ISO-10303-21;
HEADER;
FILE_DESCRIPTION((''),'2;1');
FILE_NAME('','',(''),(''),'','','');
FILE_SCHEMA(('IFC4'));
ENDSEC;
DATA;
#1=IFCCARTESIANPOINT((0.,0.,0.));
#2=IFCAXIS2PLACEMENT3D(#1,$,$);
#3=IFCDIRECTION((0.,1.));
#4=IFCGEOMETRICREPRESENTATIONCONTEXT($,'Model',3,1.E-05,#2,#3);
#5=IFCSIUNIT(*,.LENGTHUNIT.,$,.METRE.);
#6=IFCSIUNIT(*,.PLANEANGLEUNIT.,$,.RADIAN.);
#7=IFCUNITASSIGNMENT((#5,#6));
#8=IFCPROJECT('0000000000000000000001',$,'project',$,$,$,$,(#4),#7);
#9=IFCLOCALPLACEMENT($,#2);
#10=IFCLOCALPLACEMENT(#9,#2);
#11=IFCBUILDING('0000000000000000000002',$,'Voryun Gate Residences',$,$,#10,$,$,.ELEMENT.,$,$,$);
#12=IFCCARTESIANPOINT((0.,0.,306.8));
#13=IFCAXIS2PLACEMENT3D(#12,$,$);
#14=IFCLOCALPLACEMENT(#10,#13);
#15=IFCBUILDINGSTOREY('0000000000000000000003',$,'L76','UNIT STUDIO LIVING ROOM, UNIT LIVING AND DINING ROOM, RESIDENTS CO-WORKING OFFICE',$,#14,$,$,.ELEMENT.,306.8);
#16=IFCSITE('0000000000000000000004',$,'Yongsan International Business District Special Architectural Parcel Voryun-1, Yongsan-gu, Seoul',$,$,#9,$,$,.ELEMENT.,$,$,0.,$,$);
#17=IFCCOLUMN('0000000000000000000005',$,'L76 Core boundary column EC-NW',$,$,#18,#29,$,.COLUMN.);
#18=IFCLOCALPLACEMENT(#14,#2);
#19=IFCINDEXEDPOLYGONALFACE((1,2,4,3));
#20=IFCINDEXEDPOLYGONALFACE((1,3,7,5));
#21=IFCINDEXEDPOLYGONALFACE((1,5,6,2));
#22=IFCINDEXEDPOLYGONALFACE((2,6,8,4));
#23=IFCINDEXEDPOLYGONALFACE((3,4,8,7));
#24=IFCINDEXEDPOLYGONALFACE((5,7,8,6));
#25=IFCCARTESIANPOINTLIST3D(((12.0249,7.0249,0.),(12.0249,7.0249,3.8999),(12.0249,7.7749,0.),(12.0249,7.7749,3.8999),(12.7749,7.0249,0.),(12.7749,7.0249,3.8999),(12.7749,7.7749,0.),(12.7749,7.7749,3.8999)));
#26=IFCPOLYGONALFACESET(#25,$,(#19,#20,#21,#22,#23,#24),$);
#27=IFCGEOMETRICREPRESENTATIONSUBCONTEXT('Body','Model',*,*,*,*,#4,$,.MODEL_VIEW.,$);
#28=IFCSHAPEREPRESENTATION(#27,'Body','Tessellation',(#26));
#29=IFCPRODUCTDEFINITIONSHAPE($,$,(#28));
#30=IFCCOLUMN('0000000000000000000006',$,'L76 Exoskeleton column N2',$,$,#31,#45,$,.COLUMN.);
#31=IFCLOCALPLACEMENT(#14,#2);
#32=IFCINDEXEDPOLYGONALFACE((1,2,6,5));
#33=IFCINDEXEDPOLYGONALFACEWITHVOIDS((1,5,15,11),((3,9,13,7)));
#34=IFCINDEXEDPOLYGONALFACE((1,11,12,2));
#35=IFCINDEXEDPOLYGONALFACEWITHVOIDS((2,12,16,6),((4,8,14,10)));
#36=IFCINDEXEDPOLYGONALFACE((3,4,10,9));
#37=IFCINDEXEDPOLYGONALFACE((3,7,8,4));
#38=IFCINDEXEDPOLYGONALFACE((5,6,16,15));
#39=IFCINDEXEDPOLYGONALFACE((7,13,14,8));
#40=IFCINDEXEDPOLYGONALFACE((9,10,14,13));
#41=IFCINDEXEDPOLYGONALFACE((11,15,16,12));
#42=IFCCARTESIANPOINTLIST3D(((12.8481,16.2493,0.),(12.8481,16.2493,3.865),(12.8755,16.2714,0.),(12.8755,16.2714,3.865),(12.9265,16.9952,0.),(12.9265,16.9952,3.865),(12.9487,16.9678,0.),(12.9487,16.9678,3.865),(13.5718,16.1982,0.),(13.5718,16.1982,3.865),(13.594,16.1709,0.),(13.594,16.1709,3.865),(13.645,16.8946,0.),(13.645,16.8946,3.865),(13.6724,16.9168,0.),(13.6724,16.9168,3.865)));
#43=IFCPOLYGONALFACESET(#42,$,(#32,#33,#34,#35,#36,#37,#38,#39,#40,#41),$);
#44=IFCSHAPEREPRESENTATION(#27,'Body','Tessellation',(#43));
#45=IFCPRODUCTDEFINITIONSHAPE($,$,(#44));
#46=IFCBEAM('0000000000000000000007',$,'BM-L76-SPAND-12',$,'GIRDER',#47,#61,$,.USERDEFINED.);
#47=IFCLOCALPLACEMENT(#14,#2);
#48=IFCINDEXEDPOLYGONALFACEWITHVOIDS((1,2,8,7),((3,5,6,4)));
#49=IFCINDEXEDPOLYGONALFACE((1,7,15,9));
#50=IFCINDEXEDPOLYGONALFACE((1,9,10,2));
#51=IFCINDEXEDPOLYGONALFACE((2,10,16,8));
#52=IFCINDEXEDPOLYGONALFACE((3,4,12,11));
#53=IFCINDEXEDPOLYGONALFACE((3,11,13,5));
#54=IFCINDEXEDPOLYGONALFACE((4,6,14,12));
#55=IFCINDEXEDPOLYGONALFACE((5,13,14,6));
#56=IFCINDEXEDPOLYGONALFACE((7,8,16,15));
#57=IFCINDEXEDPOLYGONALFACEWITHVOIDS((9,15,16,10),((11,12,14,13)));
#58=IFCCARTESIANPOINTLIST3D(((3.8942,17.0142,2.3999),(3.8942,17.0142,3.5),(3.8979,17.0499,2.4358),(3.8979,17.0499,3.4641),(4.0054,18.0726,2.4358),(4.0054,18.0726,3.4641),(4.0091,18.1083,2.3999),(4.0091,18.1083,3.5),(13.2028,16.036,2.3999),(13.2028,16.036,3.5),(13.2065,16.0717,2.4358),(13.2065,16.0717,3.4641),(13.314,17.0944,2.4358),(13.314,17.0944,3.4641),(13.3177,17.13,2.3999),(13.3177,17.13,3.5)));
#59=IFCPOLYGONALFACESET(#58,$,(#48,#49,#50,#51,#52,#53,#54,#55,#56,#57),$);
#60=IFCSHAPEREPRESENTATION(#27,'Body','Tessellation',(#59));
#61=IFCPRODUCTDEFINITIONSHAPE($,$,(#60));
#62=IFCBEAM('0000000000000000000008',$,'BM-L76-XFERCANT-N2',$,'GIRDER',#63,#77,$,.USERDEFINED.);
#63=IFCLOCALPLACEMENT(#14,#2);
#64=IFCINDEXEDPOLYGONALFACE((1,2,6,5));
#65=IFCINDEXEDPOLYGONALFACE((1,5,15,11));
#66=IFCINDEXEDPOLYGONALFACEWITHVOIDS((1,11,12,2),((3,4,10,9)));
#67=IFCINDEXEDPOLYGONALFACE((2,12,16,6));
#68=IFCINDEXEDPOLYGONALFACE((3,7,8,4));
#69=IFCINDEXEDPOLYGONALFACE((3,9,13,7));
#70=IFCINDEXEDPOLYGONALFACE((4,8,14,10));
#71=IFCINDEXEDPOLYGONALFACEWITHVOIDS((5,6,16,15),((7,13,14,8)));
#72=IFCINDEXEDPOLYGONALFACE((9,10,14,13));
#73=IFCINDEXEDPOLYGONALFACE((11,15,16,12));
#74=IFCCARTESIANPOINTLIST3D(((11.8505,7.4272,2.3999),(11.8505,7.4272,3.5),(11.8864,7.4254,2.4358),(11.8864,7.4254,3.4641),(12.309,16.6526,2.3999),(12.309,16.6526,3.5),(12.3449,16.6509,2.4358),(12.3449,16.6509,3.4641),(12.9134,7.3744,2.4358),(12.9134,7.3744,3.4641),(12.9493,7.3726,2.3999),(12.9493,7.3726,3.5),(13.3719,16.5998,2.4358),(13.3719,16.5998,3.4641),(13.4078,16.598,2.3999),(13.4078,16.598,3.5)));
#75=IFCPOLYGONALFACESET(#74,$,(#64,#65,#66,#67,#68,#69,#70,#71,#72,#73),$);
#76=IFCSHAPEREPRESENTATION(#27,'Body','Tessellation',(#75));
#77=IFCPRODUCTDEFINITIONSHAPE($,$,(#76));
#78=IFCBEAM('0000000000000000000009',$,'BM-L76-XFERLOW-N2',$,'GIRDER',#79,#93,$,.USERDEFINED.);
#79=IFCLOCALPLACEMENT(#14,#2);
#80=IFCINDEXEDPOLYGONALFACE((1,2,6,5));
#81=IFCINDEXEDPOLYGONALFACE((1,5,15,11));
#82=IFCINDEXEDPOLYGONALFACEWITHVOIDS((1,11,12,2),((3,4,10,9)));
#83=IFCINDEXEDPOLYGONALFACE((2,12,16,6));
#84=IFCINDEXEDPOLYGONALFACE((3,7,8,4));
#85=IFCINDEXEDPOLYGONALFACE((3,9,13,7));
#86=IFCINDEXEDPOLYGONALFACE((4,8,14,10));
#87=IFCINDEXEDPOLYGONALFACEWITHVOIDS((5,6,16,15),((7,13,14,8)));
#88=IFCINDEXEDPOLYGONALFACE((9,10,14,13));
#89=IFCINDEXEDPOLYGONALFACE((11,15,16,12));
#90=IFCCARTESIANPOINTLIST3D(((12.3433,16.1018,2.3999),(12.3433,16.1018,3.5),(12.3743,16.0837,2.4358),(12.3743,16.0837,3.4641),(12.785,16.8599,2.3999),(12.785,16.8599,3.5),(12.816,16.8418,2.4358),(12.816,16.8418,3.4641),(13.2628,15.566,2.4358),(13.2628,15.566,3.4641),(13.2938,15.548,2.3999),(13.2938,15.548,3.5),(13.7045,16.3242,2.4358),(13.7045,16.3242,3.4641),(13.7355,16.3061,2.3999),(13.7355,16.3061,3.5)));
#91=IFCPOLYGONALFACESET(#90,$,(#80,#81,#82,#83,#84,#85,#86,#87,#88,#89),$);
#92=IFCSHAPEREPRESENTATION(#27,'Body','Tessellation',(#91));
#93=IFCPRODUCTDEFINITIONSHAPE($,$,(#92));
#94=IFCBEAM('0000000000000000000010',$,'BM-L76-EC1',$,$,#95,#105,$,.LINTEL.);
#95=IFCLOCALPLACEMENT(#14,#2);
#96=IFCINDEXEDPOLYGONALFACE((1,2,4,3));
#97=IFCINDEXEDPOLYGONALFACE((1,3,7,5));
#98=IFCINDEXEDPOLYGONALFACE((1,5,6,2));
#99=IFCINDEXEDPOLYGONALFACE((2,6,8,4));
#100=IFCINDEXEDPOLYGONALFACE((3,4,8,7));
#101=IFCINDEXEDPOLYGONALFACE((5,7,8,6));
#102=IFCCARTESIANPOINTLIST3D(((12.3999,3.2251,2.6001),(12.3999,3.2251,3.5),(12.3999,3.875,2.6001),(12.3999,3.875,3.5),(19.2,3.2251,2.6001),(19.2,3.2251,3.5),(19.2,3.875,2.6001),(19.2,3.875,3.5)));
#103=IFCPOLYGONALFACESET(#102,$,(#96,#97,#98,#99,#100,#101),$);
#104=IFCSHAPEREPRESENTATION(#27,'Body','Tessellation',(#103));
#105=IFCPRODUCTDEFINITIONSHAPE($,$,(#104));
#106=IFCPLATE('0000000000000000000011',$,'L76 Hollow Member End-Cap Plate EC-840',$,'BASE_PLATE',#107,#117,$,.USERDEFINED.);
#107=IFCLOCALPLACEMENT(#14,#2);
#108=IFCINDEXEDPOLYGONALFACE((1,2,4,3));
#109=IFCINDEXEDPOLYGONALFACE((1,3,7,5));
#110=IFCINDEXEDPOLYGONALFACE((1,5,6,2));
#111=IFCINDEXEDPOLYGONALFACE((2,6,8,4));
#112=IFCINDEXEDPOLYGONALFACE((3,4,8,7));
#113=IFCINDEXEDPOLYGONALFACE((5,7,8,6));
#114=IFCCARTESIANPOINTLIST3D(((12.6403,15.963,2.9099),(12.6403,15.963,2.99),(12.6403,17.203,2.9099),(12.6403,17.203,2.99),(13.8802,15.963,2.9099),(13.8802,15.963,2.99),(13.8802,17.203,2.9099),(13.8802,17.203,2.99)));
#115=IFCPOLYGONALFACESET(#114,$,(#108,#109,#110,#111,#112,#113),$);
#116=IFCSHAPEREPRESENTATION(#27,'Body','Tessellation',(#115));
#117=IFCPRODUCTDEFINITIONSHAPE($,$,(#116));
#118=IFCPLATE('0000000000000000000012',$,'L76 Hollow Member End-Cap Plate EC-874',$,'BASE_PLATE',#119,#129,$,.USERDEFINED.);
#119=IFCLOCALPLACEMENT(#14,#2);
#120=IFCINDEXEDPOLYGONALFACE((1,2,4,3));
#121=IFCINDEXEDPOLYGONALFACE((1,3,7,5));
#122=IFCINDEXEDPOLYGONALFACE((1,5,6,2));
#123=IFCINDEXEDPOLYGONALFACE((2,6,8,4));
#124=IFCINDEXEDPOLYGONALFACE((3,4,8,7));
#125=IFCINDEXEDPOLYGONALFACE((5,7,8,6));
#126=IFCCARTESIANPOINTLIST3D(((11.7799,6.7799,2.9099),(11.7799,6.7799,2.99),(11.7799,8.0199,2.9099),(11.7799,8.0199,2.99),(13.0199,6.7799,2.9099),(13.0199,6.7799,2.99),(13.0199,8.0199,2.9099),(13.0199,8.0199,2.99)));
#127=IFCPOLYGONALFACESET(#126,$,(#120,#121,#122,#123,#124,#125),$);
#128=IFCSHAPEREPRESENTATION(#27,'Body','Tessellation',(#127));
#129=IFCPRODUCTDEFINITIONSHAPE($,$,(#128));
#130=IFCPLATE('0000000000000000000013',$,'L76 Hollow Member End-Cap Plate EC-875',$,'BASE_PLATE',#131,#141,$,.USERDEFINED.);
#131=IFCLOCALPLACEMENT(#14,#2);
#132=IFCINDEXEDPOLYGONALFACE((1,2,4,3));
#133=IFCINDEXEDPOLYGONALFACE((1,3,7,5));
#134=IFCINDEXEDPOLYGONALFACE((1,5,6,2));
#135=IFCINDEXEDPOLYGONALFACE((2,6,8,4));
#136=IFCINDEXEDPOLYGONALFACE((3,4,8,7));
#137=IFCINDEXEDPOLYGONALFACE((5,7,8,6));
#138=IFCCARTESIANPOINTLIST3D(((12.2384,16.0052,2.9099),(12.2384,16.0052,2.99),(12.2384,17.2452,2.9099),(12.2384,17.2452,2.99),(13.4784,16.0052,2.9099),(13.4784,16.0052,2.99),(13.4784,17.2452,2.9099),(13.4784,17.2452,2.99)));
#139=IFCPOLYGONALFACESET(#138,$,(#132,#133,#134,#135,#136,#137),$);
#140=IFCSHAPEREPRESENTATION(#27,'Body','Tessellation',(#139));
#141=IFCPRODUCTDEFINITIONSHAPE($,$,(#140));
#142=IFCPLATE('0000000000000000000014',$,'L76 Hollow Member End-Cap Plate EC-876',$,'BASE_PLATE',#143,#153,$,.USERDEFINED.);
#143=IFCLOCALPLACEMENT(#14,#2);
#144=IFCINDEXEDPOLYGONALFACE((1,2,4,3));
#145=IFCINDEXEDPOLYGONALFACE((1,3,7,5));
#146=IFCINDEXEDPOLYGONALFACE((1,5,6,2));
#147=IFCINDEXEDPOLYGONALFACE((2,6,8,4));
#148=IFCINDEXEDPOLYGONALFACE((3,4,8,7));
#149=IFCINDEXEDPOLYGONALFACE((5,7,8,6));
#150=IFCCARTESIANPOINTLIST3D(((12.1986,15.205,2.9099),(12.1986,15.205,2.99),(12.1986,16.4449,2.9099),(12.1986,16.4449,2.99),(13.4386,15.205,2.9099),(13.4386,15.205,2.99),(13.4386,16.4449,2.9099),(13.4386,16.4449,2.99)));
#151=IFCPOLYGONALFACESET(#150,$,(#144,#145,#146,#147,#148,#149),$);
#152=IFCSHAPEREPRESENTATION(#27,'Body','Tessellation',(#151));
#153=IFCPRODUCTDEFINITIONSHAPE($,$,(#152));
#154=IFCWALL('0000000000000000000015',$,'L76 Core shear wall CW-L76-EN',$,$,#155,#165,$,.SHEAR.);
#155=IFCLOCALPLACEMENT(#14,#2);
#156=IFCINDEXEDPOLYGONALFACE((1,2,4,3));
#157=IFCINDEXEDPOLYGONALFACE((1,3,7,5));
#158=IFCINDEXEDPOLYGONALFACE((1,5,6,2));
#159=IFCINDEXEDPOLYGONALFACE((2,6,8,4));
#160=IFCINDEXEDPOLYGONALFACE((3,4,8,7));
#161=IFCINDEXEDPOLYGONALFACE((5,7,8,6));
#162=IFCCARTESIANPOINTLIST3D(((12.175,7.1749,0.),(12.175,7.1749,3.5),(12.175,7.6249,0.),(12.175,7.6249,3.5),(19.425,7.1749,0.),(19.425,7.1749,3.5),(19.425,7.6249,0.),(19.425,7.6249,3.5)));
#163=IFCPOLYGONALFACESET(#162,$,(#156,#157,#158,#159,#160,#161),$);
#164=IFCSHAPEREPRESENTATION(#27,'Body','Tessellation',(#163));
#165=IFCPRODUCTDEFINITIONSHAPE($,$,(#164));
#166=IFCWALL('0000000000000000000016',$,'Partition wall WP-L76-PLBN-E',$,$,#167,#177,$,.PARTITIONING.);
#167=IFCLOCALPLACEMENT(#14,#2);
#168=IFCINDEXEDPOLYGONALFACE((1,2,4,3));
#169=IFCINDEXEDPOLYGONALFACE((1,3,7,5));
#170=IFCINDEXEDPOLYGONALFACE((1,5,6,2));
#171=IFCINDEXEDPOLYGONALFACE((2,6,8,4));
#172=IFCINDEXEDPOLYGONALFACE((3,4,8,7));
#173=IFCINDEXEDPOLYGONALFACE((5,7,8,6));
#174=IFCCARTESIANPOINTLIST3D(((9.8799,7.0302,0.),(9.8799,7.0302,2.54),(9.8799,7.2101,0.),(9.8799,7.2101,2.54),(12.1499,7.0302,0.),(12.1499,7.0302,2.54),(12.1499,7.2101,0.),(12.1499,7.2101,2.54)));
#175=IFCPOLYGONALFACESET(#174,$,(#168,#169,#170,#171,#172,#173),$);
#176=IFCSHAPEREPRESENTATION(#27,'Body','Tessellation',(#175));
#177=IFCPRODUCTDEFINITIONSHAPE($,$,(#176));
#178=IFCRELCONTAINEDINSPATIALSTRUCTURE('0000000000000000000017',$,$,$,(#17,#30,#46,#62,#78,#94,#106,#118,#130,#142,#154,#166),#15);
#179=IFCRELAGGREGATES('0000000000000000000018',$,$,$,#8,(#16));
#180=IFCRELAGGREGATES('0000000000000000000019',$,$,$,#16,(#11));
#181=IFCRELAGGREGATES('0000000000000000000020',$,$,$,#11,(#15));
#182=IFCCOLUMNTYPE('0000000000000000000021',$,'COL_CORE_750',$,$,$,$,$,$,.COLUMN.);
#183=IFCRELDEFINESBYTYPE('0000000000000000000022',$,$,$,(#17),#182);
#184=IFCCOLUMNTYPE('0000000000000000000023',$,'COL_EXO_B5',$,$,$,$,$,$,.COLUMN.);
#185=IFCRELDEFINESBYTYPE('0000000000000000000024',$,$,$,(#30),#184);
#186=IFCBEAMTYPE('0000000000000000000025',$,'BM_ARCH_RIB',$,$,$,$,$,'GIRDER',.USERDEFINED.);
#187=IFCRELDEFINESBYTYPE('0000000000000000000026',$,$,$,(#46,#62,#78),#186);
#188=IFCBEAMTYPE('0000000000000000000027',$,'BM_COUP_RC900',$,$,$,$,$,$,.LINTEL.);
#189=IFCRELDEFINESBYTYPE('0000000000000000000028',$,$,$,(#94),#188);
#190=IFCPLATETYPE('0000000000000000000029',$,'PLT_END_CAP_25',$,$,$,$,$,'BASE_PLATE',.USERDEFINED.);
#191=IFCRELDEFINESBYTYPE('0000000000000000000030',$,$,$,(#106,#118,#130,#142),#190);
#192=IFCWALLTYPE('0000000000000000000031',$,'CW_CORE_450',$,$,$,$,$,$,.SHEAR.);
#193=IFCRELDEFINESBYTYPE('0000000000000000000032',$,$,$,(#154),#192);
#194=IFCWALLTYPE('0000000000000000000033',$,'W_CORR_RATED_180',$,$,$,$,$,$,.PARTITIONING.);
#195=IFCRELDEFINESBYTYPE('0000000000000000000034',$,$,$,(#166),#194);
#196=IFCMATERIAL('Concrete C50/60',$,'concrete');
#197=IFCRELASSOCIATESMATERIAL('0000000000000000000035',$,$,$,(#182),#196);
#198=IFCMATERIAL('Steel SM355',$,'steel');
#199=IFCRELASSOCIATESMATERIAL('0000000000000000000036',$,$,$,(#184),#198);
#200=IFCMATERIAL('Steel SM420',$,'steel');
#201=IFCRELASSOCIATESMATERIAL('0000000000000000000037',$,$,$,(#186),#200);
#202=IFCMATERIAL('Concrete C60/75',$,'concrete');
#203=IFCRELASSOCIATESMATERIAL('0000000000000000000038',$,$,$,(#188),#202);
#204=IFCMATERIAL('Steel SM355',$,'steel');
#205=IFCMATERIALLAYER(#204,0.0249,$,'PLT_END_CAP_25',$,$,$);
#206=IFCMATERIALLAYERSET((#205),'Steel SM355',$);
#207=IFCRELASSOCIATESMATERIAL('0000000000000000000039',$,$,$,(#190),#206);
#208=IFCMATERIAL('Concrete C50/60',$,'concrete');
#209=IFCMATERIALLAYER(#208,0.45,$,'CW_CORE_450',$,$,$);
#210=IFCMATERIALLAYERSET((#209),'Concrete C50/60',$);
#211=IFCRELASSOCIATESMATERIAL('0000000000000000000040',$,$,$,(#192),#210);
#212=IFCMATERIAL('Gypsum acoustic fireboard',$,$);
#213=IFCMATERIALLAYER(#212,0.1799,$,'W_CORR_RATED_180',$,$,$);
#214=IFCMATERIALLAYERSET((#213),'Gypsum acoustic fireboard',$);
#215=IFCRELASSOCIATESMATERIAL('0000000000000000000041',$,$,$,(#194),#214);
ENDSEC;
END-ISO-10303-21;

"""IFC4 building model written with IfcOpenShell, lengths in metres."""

from ifc_helpers import new_model, si_unit, direction, frame, frame_2d, origin, origin_2d, place, context, subcontext, project, spatial, rectangle, hollow_rectangle, extrude, material, layer, layer_set, material_profile, profile_set, type_object, element, save


model = new_model("IFC4")

# Units and contexts
model_context = context("Model", 3, precision=1e-05, world=origin(), true_north=direction((0.0, 1.0)))
body_context = subcontext(model_context, "Body", "Model", "MODEL_VIEW")
ifc_project = project(units=[si_unit("LENGTHUNIT", "METRE"), si_unit("PLANEANGLEUNIT", "RADIAN")], contexts=[model_context])

# Site, building, storey
site_placement = place(None, origin())
site = spatial("IfcSite", under=ifc_project, at=site_placement, Name="Yongsan International Business District Special Architectural Parcel Voryun-1, Yongsan-gu, Seoul", CompositionType="ELEMENT", RefElevation=0.0)
building_placement = place(site_placement, origin())
building = spatial("IfcBuilding", under=site, at=building_placement, Name="Voryun Gate Residences", CompositionType="ELEMENT")
storey_placement = place(building_placement, frame((0.0, 0.0, 306.8)))
storey = spatial("IfcBuildingStorey", under=building, at=storey_placement, Name="L76", Description="UNIT STUDIO LIVING ROOM, UNIT LIVING AND DINING ROOM, RESIDENTS CO-WORKING OFFICE", CompositionType="ELEMENT", Elevation=306.8)

# Columns
ifc_material_1 = material(Name="Concrete C50/60", Category="concrete")
ifc_material_profile_1 = material_profile(ifc_material_1, rectangle(XDim=0.75, YDim=0.75, at=origin_2d()), Name="RC-750x750")
ifc_profile_set_1 = profile_set([ifc_material_profile_1], Name="Concrete C50/60")
column_type_1 = type_object("IfcColumnType", Name="COL_CORE_750", PredefinedType="COLUMN", material=ifc_profile_set_1)
column_1_placement = place(storey_placement, frame((12.3999, 7.3999, 0.0), z_axis=(0.0, 0.0, 1.0), x_axis=(1.0, 0.0, 0.0)))
element("IfcColumn", 1, at=column_1_placement, inside=storey, type_object=column_type_1, Name="L76 Core boundary column EC-NW", PredefinedType="COLUMN", context=body_context, shape_type="SweptSolid", body=[
    extrude(rectangle(XDim=0.75, YDim=0.75, at=origin_2d()), origin(), (0.0, 0.0, 1.0), 3.8999),
])
ifc_material_2 = material(Name="Steel SM355", Category="steel")
ifc_material_profile_2 = material_profile(ifc_material_2, hollow_rectangle(XDim=0.75, YDim=0.75, WallThickness=0.0249, at=origin_2d()), Name="BOX-750x750x25")
ifc_profile_set_2 = profile_set([ifc_material_profile_2], Name="Steel SM355")
column_type_2 = type_object("IfcColumnType", Name="COL_EXO_B5", PredefinedType="COLUMN", material=ifc_profile_set_2)
column_2_placement = place(storey_placement, frame((13.2603, 16.583, 0.0), z_axis=(0.0, 0.0, 1.0), x_axis=(0.994522, -0.104528, 0.0)))
element("IfcColumn", 2, at=column_2_placement, inside=storey, type_object=column_type_2, Name="L76 Exoskeleton column N2", PredefinedType="COLUMN", context=body_context, shape_type="SweptSolid", body=[
    extrude(hollow_rectangle(XDim=0.75, YDim=0.75, WallThickness=0.0249, at=origin_2d()), origin(), (0.0, 0.0, 1.0), 3.865),
])

# Beams
ifc_material_3 = material(Name="Steel SM420", Category="steel")
ifc_material_profile_3 = material_profile(ifc_material_3, hollow_rectangle(XDim=1.1001, YDim=1.1001, WallThickness=0.0359, at=origin_2d()), Name="BOX-1100x1100x36")
ifc_profile_set_3 = profile_set([ifc_material_profile_3], Name="Steel SM420")
beam_type_1 = type_object("IfcBeamType", Name="BM_ARCH_RIB", ElementType="GIRDER", PredefinedType="USERDEFINED", material=ifc_profile_set_3)
beam_1_placement = place(storey_placement, frame((13.2603, 16.583, 2.95), z_axis=(-0.994523, 0.104518, 0.0), x_axis=(-0.104518, -0.994523, 0.0)))
element("IfcBeam", 3, at=beam_1_placement, inside=storey, type_object=beam_type_1, Name="BM-L76-SPAND-12", ObjectType="GIRDER", PredefinedType="USERDEFINED", context=body_context, shape_type="SweptSolid", body=[
    extrude(hollow_rectangle(XDim=1.1001, YDim=1.1001, WallThickness=0.0359, at=origin_2d()), origin(), (0.0, 0.0, 1.0), 9.3599),
])
beam_2_placement = place(storey_placement, frame((12.3999, 7.3999, 2.95), z_axis=(0.049638, 0.998767, 0.0), x_axis=(-0.998767, 0.049638, 0.0)))
element("IfcBeam", 4, at=beam_2_placement, inside=storey, type_object=beam_type_1, Name="BM-L76-XFERCANT-N2", ObjectType="GIRDER", PredefinedType="USERDEFINED", context=body_context, shape_type="SweptSolid", body=[
    extrude(hollow_rectangle(XDim=1.1001, YDim=1.1001, WallThickness=0.0359, at=origin_2d()), origin(), (0.0, 0.0, 1.0), 9.2368),
])
beam_3_placement = place(storey_placement, frame((13.2603, 16.583, 2.95), z_axis=(-0.503404, -0.864051, 0.0), x_axis=(0.864051, -0.503404, 0.0)))
element("IfcBeam", 5, at=beam_3_placement, inside=storey, type_object=beam_type_1, Name="BM-L76-XFERLOW-N2", ObjectType="GIRDER", PredefinedType="USERDEFINED", context=body_context, shape_type="SweptSolid", body=[
    extrude(hollow_rectangle(XDim=1.1001, YDim=1.1001, WallThickness=0.0359, at=origin_2d()), origin(), (0.0, 0.0, 1.0), 0.8774),
])
ifc_material_4 = material(Name="Concrete C60/75", Category="concrete")
ifc_material_profile_4 = material_profile(ifc_material_4, rectangle(XDim=0.6499, YDim=0.8999, at=origin_2d()), Name="RC-650x900")
ifc_profile_set_4 = profile_set([ifc_material_profile_4], Name="Concrete C60/75")
beam_type_2 = type_object("IfcBeamType", Name="BM_COUP_RC900", PredefinedType="LINTEL", material=ifc_profile_set_4)
beam_4_placement = place(storey_placement, frame((12.3999, 3.55, 3.05), z_axis=(1.0, 0.0, 0.0), x_axis=(0.0, 1.0, 0.0)))
element("IfcBeam", 6, at=beam_4_placement, inside=storey, type_object=beam_type_2, Name="BM-L76-EC1", PredefinedType="LINTEL", context=body_context, shape_type="SweptSolid", body=[
    extrude(rectangle(XDim=0.6499, YDim=0.8999, at=origin_2d()), origin(), (0.0, 0.0, 1.0), 6.8),
])

# Plates
ifc_material_5 = material(Name="Steel SM355", Category="steel")
ifc_layer_1 = layer(ifc_material_5, 0.0249, Name="PLT_END_CAP_25")
ifc_layer_set_1 = layer_set([ifc_layer_1], Name="Steel SM355")
plate_type = type_object("IfcPlateType", Name="PLT_END_CAP_25", ElementType="BASE_PLATE", PredefinedType="USERDEFINED", material=ifc_layer_set_1)
for number, where, z_axis, x_axis, name in (
    (7, (13.2603, 16.583, 2.9099), (0.0, 0.0, 1.0), (1.0, 0.0, 0.0), "L76 Hollow Member End-Cap Plate EC-840"),
    (8, (12.3999, 7.3999, 2.9099), (0.0, 0.0, 1.0), (1.0, 0.0, 0.0), "L76 Hollow Member End-Cap Plate EC-874"),
    (9, (12.8584, 16.6252, 2.9099), (0.0, 0.0, 1.0), (1.0, 0.0, 0.0), "L76 Hollow Member End-Cap Plate EC-875"),
    (10, (12.8186, 15.825, 2.9099), (0.0, 0.0, 1.0), (1.0, 0.0, 0.0), "L76 Hollow Member End-Cap Plate EC-876"),
):
    element("IfcPlate", number, at=place(storey_placement, frame(where, z_axis=z_axis, x_axis=x_axis)), inside=storey, type_object=plate_type, Name=name, ObjectType="BASE_PLATE", PredefinedType="USERDEFINED", context=body_context, shape_type="SweptSolid", body=[
        extrude(rectangle(XDim=1.24, YDim=1.24, at=origin_2d()), origin(), (0.0, 0.0, 1.0), 0.0801),
    ])

# Walls
ifc_material_6 = material(Name="Concrete C50/60", Category="concrete")
ifc_layer_2 = layer(ifc_material_6, 0.45, Name="CW_CORE_450")
ifc_layer_set_2 = layer_set([ifc_layer_2], Name="Concrete C50/60")
wall_type_1 = type_object("IfcWallType", Name="CW_CORE_450", PredefinedType="SHEAR", material=ifc_layer_set_2)
wall_1_placement = place(storey_placement, frame((12.175, 7.3999, 0.0), z_axis=(0.0, 0.0, 1.0), x_axis=(1.0, 0.0, 0.0)))
element("IfcWall", 11, at=wall_1_placement, inside=storey, type_object=wall_type_1, Name="L76 Core shear wall CW-L76-EN", PredefinedType="SHEAR", context=body_context, shape_type="SweptSolid", body=[
    extrude(rectangle(XDim=7.25, YDim=0.45, at=frame_2d((3.625, 0.0))), origin(), (0.0, 0.0, 1.0), 3.5),
])
ifc_material_7 = material(Name="Gypsum acoustic fireboard")
ifc_layer_3 = layer(ifc_material_7, 0.1799, Name="W_CORR_RATED_180")
ifc_layer_set_3 = layer_set([ifc_layer_3], Name="Gypsum acoustic fireboard")
wall_type_2 = type_object("IfcWallType", Name="W_CORR_RATED_180", PredefinedType="PARTITIONING", material=ifc_layer_set_3)
wall_2_placement = place(storey_placement, frame((9.8799, 7.1201, 0.0), z_axis=(0.0, 0.0, 1.0), x_axis=(1.0, 0.0, 0.0)))
element("IfcWall", 12, at=wall_2_placement, inside=storey, type_object=wall_type_2, Name="Partition wall WP-L76-PLBN-E", PredefinedType="PARTITIONING", context=body_context, shape_type="SweptSolid", body=[
    extrude(rectangle(XDim=2.27, YDim=0.1799, at=frame_2d((1.135, 0.0))), origin(), (0.0, 0.0, 1.0), 2.54),
])

save(model, "model.ifc")
